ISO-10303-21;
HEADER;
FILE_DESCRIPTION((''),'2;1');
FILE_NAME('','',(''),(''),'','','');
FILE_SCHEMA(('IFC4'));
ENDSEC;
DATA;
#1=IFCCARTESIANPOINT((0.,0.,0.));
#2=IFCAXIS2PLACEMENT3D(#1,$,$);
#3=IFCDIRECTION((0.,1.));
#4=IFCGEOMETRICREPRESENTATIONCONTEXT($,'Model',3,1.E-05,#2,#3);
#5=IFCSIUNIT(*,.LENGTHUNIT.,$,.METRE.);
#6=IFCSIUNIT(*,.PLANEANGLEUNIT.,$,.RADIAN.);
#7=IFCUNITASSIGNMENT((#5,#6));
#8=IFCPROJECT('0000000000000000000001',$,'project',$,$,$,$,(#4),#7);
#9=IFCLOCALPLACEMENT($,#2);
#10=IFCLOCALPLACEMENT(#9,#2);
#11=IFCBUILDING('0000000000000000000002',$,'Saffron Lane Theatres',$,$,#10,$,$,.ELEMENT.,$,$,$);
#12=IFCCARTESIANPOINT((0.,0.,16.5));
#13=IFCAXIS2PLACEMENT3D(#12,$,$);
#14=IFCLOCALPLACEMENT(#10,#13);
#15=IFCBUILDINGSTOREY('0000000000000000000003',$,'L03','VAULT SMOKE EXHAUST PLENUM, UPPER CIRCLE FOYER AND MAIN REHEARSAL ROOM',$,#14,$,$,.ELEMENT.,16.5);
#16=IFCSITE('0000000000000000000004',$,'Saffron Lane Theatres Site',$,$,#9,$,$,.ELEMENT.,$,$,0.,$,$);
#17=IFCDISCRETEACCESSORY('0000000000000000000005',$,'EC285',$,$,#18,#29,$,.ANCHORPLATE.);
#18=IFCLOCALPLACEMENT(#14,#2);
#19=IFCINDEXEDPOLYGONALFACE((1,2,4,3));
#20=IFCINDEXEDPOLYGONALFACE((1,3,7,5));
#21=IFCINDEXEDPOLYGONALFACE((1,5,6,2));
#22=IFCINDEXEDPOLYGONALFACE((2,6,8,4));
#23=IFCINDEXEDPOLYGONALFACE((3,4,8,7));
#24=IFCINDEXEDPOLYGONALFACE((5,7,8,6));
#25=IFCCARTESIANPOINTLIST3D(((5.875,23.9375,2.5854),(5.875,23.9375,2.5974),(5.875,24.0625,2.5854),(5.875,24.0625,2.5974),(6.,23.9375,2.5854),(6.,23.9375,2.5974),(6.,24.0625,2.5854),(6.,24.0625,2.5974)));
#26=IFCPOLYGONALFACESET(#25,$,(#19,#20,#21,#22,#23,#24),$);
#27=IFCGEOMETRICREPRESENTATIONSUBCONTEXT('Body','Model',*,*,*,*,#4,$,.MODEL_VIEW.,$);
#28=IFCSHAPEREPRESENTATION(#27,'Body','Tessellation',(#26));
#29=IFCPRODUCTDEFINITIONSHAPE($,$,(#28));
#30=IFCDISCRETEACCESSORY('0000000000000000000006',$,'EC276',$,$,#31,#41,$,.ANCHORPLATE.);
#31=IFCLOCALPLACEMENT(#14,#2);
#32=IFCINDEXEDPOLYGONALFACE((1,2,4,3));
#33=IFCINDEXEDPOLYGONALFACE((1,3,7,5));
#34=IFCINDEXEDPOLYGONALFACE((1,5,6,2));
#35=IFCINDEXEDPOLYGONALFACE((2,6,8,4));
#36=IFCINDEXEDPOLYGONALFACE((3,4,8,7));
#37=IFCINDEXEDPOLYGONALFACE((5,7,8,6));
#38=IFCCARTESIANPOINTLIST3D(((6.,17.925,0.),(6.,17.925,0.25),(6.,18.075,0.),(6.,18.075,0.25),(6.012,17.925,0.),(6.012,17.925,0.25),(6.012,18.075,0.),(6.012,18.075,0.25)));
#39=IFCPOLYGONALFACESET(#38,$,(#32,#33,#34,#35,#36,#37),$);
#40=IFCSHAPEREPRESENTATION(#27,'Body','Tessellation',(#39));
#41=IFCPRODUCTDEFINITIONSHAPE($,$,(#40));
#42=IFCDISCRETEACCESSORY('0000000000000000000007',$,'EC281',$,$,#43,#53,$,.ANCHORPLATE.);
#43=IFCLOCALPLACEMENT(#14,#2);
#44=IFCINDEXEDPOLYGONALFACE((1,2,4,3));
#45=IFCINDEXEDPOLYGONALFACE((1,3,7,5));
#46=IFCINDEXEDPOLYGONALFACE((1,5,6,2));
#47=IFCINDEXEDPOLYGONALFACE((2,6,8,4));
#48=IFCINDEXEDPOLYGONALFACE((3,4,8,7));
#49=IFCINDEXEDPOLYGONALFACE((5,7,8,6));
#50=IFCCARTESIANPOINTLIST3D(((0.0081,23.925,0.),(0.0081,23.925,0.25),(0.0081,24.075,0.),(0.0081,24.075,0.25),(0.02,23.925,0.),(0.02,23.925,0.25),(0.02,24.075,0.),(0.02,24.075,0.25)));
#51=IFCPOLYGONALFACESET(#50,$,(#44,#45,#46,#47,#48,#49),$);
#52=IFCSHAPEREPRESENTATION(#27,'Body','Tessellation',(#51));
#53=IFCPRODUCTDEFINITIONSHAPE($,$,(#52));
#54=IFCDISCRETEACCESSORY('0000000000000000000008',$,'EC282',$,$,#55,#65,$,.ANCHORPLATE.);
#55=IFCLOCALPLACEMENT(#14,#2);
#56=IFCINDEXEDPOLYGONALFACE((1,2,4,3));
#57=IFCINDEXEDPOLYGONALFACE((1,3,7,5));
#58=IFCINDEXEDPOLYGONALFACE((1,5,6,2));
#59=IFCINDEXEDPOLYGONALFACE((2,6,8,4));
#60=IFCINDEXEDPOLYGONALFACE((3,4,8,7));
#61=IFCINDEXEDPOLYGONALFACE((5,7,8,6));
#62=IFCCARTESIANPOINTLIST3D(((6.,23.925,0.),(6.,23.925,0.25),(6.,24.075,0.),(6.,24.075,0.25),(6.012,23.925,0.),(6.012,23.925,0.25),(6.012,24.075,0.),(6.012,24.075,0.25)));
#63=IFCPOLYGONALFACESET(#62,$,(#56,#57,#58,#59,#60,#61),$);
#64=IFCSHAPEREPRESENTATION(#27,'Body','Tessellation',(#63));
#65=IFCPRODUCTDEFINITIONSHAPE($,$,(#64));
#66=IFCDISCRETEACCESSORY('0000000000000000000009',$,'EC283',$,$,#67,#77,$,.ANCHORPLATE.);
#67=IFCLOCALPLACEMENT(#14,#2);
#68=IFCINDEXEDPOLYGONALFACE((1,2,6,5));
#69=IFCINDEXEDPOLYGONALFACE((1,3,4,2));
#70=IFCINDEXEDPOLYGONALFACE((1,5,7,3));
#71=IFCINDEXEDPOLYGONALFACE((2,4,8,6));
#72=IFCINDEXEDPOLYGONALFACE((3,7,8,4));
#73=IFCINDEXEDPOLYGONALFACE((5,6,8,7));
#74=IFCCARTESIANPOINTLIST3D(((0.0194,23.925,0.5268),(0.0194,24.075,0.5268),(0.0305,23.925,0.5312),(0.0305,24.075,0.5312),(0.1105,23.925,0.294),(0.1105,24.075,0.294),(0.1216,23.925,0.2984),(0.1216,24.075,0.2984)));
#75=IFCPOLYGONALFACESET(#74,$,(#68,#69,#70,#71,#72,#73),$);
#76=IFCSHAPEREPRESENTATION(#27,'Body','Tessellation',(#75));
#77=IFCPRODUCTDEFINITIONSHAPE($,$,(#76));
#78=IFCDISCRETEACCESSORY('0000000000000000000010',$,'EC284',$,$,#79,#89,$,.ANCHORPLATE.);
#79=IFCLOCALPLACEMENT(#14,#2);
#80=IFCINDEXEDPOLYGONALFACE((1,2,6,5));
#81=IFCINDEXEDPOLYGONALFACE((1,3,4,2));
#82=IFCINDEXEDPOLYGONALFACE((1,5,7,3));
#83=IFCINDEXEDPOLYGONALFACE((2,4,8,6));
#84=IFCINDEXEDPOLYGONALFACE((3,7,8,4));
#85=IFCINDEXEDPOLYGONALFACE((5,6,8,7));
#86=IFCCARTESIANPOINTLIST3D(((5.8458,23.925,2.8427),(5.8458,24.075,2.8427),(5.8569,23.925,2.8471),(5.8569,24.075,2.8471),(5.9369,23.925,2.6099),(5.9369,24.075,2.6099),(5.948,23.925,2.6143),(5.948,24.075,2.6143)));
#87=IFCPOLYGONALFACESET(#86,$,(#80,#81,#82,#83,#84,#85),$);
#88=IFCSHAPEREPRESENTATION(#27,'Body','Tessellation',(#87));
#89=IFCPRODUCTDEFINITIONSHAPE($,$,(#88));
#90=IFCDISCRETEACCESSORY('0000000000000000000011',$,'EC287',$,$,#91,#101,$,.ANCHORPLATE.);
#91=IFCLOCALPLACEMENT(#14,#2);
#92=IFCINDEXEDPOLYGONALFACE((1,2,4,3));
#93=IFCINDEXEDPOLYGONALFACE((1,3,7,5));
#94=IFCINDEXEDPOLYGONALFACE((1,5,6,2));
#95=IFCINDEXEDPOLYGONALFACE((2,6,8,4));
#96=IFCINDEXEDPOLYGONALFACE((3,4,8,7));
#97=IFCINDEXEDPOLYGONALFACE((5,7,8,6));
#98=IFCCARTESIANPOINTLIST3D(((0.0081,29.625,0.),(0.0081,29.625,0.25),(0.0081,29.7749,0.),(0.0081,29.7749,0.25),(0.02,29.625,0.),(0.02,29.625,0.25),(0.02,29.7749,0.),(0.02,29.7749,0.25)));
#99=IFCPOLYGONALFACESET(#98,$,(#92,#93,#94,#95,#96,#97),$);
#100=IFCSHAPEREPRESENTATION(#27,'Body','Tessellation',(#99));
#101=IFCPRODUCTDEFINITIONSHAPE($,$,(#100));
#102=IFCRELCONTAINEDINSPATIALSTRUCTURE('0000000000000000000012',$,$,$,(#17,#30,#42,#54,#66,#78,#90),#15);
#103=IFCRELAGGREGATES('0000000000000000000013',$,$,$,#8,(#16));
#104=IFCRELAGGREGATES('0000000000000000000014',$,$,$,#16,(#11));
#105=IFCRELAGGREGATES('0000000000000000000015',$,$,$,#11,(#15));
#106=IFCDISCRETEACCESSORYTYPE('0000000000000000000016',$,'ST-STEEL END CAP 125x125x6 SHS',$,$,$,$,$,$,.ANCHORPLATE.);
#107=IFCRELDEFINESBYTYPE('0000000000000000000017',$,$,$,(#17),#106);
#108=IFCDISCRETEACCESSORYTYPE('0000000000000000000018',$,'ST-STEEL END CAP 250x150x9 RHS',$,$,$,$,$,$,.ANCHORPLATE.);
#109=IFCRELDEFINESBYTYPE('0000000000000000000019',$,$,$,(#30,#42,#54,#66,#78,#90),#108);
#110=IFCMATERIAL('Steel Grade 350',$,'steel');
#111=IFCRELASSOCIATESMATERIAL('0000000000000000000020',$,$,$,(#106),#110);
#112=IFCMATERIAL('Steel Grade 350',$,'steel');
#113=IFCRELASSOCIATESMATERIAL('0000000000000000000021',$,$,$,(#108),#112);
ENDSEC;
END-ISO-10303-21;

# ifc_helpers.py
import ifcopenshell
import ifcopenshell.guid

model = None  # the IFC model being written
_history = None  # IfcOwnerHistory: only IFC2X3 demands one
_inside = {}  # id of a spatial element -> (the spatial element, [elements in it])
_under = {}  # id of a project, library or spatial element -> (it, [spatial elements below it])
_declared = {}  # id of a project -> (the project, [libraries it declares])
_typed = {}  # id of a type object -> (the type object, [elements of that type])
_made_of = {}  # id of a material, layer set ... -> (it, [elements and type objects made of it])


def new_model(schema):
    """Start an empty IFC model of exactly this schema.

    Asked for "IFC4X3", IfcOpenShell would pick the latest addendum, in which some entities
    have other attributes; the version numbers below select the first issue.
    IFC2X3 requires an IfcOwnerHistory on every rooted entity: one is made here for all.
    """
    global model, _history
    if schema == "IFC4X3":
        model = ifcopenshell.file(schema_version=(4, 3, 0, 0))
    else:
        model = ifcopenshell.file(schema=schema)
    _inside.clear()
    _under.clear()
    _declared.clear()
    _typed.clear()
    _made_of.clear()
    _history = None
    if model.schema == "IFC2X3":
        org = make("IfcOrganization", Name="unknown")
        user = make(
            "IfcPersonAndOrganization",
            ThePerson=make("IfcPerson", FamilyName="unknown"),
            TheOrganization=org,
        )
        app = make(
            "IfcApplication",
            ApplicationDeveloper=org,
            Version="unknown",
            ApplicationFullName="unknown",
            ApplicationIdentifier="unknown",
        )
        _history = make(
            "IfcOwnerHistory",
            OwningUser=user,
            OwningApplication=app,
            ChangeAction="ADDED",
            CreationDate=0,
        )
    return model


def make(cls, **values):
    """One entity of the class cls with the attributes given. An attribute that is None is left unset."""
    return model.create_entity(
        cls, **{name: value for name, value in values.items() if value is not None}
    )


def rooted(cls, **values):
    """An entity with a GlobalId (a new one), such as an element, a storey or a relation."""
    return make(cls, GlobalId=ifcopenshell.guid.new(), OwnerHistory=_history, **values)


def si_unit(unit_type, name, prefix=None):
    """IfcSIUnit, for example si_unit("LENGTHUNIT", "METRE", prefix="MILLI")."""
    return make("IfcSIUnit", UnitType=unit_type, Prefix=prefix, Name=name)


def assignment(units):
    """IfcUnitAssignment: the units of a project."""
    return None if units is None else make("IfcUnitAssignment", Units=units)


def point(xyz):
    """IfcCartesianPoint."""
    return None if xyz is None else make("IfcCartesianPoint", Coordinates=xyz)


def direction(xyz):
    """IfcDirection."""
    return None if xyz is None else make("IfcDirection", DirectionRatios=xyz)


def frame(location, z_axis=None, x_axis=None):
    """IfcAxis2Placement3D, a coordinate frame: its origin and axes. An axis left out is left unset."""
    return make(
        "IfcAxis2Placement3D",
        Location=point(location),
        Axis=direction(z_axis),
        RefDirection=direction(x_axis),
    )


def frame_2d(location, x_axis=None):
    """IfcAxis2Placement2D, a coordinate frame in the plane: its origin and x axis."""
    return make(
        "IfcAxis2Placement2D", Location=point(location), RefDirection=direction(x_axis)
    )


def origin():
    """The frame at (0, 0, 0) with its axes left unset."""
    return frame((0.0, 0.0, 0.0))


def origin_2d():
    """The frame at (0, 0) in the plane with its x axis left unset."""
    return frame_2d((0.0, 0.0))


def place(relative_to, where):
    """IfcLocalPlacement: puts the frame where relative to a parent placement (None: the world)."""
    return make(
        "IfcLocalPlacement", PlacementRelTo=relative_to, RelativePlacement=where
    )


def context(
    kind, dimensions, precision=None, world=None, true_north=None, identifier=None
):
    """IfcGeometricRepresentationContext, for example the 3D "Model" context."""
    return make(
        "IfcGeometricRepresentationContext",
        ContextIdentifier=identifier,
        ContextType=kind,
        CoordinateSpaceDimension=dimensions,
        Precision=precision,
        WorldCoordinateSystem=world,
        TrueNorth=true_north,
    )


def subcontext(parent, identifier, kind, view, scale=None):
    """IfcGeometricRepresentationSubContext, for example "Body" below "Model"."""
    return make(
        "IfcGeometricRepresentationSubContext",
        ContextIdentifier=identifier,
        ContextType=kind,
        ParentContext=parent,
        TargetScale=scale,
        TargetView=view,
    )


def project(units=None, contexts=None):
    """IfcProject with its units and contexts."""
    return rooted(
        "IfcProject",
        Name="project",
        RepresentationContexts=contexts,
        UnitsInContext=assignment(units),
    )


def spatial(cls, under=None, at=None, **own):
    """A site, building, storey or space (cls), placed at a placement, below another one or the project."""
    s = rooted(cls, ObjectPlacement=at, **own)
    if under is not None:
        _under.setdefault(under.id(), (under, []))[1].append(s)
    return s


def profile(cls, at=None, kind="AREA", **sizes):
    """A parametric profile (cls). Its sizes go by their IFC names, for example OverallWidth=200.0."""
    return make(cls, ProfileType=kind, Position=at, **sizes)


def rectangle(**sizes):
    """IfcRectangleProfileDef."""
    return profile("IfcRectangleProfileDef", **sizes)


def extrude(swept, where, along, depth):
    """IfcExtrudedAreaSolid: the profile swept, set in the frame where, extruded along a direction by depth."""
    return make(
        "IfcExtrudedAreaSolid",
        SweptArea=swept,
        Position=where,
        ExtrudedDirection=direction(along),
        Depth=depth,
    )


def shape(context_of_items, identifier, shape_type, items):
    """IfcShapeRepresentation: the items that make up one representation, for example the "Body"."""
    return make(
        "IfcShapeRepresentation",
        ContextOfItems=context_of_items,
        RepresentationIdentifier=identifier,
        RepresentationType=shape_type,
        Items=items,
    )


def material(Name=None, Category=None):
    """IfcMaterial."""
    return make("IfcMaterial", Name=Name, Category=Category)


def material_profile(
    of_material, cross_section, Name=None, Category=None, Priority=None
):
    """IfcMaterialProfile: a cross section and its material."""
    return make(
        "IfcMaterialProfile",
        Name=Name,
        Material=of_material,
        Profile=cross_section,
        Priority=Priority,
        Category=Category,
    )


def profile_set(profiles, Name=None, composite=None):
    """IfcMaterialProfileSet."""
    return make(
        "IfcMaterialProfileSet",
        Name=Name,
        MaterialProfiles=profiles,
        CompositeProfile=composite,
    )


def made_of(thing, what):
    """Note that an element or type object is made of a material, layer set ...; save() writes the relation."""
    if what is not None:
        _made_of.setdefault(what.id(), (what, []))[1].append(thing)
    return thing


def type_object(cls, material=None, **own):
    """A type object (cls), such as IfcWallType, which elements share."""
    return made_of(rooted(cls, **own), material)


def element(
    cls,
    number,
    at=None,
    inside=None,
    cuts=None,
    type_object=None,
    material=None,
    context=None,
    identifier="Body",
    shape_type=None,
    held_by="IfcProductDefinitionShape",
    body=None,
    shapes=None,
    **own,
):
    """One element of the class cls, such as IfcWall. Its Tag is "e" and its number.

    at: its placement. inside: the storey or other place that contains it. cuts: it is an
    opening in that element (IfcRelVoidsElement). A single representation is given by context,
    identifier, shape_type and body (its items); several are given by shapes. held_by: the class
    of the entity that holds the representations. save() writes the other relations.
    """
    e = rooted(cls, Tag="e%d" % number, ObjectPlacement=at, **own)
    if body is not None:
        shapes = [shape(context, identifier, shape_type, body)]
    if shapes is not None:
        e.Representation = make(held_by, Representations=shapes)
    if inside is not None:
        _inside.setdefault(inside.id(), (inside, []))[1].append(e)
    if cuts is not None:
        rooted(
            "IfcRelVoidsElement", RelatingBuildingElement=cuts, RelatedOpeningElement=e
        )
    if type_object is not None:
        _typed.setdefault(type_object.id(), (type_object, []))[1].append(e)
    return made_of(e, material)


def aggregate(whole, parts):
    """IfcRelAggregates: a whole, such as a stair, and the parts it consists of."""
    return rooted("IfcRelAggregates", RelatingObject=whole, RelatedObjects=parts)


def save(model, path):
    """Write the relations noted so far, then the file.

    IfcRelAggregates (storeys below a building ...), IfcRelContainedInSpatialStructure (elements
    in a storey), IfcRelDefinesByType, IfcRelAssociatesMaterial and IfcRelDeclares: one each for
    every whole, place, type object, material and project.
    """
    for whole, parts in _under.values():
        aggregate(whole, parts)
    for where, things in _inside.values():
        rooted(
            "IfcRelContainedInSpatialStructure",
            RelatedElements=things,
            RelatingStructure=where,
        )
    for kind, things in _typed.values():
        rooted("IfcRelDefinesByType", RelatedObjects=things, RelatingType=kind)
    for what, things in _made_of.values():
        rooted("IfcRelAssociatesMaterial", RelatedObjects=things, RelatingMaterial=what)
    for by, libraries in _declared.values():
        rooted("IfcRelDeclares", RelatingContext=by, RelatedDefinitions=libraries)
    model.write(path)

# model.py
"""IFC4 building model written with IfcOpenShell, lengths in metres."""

from ifc_helpers import new_model, si_unit, direction, frame, origin, origin_2d, place, context, subcontext, project, spatial, rectangle, extrude, material, material_profile, profile_set, type_object, element, save


model = new_model("IFC4")

# Units and contexts
model_context = context("Model", 3, precision=1e-05, world=origin(), true_north=direction((0.0, 1.0)))
body_context = subcontext(model_context, "Body", "Model", "MODEL_VIEW")
ifc_project = project(units=[si_unit("LENGTHUNIT", "METRE"), si_unit("PLANEANGLEUNIT", "RADIAN")], contexts=[model_context])

# Site, building, storey
site_placement = place(None, origin())
site = spatial("IfcSite", under=ifc_project, at=site_placement, Name="Saffron Lane Theatres Site", CompositionType="ELEMENT", RefElevation=0.0)
building_placement = place(site_placement, origin())
building = spatial("IfcBuilding", under=site, at=building_placement, Name="Saffron Lane Theatres", CompositionType="ELEMENT")
storey_placement = place(building_placement, frame((0.0, 0.0, 16.5)))
storey = spatial("IfcBuildingStorey", under=building, at=storey_placement, Name="L03", Description="VAULT SMOKE EXHAUST PLENUM, UPPER CIRCLE FOYER AND MAIN REHEARSAL ROOM", CompositionType="ELEMENT", Elevation=16.5)

# Discrete accessories
ifc_material_1 = material(Name="Steel Grade 350", Category="steel")
ifc_material_profile_1 = material_profile(ifc_material_1, rectangle(XDim=0.125, YDim=0.125, at=origin_2d()))
ifc_profile_set_1 = profile_set([ifc_material_profile_1], Name="Steel Grade 350")
discrete_accessory_type_1 = type_object("IfcDiscreteAccessoryType", Name="ST-STEEL END CAP 125x125x6 SHS", PredefinedType="ANCHORPLATE", material=ifc_profile_set_1)
for number, where, z_axis, x_axis, name in (
    (1, (5.9375, 24.0, 2.5854), (0.0, 0.0, 1.0), (1.0, 0.0, 0.0), "EC285"),
):
    element("IfcDiscreteAccessory", number, at=place(storey_placement, frame(where, z_axis=z_axis, x_axis=x_axis)), inside=storey, type_object=discrete_accessory_type_1, Name=name, PredefinedType="ANCHORPLATE", context=body_context, shape_type="SweptSolid", body=[
        extrude(rectangle(XDim=0.125, YDim=0.125, at=origin_2d()), origin(), (0.0, 0.0, 1.0), 0.012),
    ])
ifc_material_2 = material(Name="Steel Grade 350", Category="steel")
ifc_material_profile_2 = material_profile(ifc_material_2, rectangle(XDim=0.1499, YDim=0.25, at=origin_2d()))
ifc_profile_set_2 = profile_set([ifc_material_profile_2], Name="Steel Grade 350")
discrete_accessory_type_2 = type_object("IfcDiscreteAccessoryType", Name="ST-STEEL END CAP 250x150x9 RHS", PredefinedType="ANCHORPLATE", material=ifc_profile_set_2)
for number, where, z_axis, x_axis, name in (
    (2, (6.0, 18.0, 0.125), (1.0, 0.0, 0.0), (0.0, 1.0, 0.0), "EC276"),
    (3, (0.0081, 24.0, 0.125), (1.0, 0.0, 0.0), (0.0, 1.0, 0.0), "EC281"),
    (4, (6.0, 24.0, 0.125), (1.0, 0.0, 0.0), (0.0, 1.0, 0.0), "EC282"),
    (5, (0.0649, 24.0, 0.4104), (0.931243, 0.0, 0.364399), (0.0, 1.0, 0.0), "EC283"),
    (6, (5.8914, 24.0, 2.7263), (0.931243, 0.0, 0.364399), (0.0, 1.0, 0.0), "EC284"),
    (7, (0.0081, 29.7, 0.125), (1.0, 0.0, 0.0), (0.0, 1.0, 0.0), "EC287"),
):
    element("IfcDiscreteAccessory", number, at=place(storey_placement, frame(where, z_axis=z_axis, x_axis=x_axis)), inside=storey, type_object=discrete_accessory_type_2, Name=name, PredefinedType="ANCHORPLATE", context=body_context, shape_type="SweptSolid", body=[
        extrude(rectangle(XDim=0.1499, YDim=0.25, at=origin_2d()), origin(), (0.0, 0.0, 1.0), 0.012),
    ])

save(model, "model.ifc")
